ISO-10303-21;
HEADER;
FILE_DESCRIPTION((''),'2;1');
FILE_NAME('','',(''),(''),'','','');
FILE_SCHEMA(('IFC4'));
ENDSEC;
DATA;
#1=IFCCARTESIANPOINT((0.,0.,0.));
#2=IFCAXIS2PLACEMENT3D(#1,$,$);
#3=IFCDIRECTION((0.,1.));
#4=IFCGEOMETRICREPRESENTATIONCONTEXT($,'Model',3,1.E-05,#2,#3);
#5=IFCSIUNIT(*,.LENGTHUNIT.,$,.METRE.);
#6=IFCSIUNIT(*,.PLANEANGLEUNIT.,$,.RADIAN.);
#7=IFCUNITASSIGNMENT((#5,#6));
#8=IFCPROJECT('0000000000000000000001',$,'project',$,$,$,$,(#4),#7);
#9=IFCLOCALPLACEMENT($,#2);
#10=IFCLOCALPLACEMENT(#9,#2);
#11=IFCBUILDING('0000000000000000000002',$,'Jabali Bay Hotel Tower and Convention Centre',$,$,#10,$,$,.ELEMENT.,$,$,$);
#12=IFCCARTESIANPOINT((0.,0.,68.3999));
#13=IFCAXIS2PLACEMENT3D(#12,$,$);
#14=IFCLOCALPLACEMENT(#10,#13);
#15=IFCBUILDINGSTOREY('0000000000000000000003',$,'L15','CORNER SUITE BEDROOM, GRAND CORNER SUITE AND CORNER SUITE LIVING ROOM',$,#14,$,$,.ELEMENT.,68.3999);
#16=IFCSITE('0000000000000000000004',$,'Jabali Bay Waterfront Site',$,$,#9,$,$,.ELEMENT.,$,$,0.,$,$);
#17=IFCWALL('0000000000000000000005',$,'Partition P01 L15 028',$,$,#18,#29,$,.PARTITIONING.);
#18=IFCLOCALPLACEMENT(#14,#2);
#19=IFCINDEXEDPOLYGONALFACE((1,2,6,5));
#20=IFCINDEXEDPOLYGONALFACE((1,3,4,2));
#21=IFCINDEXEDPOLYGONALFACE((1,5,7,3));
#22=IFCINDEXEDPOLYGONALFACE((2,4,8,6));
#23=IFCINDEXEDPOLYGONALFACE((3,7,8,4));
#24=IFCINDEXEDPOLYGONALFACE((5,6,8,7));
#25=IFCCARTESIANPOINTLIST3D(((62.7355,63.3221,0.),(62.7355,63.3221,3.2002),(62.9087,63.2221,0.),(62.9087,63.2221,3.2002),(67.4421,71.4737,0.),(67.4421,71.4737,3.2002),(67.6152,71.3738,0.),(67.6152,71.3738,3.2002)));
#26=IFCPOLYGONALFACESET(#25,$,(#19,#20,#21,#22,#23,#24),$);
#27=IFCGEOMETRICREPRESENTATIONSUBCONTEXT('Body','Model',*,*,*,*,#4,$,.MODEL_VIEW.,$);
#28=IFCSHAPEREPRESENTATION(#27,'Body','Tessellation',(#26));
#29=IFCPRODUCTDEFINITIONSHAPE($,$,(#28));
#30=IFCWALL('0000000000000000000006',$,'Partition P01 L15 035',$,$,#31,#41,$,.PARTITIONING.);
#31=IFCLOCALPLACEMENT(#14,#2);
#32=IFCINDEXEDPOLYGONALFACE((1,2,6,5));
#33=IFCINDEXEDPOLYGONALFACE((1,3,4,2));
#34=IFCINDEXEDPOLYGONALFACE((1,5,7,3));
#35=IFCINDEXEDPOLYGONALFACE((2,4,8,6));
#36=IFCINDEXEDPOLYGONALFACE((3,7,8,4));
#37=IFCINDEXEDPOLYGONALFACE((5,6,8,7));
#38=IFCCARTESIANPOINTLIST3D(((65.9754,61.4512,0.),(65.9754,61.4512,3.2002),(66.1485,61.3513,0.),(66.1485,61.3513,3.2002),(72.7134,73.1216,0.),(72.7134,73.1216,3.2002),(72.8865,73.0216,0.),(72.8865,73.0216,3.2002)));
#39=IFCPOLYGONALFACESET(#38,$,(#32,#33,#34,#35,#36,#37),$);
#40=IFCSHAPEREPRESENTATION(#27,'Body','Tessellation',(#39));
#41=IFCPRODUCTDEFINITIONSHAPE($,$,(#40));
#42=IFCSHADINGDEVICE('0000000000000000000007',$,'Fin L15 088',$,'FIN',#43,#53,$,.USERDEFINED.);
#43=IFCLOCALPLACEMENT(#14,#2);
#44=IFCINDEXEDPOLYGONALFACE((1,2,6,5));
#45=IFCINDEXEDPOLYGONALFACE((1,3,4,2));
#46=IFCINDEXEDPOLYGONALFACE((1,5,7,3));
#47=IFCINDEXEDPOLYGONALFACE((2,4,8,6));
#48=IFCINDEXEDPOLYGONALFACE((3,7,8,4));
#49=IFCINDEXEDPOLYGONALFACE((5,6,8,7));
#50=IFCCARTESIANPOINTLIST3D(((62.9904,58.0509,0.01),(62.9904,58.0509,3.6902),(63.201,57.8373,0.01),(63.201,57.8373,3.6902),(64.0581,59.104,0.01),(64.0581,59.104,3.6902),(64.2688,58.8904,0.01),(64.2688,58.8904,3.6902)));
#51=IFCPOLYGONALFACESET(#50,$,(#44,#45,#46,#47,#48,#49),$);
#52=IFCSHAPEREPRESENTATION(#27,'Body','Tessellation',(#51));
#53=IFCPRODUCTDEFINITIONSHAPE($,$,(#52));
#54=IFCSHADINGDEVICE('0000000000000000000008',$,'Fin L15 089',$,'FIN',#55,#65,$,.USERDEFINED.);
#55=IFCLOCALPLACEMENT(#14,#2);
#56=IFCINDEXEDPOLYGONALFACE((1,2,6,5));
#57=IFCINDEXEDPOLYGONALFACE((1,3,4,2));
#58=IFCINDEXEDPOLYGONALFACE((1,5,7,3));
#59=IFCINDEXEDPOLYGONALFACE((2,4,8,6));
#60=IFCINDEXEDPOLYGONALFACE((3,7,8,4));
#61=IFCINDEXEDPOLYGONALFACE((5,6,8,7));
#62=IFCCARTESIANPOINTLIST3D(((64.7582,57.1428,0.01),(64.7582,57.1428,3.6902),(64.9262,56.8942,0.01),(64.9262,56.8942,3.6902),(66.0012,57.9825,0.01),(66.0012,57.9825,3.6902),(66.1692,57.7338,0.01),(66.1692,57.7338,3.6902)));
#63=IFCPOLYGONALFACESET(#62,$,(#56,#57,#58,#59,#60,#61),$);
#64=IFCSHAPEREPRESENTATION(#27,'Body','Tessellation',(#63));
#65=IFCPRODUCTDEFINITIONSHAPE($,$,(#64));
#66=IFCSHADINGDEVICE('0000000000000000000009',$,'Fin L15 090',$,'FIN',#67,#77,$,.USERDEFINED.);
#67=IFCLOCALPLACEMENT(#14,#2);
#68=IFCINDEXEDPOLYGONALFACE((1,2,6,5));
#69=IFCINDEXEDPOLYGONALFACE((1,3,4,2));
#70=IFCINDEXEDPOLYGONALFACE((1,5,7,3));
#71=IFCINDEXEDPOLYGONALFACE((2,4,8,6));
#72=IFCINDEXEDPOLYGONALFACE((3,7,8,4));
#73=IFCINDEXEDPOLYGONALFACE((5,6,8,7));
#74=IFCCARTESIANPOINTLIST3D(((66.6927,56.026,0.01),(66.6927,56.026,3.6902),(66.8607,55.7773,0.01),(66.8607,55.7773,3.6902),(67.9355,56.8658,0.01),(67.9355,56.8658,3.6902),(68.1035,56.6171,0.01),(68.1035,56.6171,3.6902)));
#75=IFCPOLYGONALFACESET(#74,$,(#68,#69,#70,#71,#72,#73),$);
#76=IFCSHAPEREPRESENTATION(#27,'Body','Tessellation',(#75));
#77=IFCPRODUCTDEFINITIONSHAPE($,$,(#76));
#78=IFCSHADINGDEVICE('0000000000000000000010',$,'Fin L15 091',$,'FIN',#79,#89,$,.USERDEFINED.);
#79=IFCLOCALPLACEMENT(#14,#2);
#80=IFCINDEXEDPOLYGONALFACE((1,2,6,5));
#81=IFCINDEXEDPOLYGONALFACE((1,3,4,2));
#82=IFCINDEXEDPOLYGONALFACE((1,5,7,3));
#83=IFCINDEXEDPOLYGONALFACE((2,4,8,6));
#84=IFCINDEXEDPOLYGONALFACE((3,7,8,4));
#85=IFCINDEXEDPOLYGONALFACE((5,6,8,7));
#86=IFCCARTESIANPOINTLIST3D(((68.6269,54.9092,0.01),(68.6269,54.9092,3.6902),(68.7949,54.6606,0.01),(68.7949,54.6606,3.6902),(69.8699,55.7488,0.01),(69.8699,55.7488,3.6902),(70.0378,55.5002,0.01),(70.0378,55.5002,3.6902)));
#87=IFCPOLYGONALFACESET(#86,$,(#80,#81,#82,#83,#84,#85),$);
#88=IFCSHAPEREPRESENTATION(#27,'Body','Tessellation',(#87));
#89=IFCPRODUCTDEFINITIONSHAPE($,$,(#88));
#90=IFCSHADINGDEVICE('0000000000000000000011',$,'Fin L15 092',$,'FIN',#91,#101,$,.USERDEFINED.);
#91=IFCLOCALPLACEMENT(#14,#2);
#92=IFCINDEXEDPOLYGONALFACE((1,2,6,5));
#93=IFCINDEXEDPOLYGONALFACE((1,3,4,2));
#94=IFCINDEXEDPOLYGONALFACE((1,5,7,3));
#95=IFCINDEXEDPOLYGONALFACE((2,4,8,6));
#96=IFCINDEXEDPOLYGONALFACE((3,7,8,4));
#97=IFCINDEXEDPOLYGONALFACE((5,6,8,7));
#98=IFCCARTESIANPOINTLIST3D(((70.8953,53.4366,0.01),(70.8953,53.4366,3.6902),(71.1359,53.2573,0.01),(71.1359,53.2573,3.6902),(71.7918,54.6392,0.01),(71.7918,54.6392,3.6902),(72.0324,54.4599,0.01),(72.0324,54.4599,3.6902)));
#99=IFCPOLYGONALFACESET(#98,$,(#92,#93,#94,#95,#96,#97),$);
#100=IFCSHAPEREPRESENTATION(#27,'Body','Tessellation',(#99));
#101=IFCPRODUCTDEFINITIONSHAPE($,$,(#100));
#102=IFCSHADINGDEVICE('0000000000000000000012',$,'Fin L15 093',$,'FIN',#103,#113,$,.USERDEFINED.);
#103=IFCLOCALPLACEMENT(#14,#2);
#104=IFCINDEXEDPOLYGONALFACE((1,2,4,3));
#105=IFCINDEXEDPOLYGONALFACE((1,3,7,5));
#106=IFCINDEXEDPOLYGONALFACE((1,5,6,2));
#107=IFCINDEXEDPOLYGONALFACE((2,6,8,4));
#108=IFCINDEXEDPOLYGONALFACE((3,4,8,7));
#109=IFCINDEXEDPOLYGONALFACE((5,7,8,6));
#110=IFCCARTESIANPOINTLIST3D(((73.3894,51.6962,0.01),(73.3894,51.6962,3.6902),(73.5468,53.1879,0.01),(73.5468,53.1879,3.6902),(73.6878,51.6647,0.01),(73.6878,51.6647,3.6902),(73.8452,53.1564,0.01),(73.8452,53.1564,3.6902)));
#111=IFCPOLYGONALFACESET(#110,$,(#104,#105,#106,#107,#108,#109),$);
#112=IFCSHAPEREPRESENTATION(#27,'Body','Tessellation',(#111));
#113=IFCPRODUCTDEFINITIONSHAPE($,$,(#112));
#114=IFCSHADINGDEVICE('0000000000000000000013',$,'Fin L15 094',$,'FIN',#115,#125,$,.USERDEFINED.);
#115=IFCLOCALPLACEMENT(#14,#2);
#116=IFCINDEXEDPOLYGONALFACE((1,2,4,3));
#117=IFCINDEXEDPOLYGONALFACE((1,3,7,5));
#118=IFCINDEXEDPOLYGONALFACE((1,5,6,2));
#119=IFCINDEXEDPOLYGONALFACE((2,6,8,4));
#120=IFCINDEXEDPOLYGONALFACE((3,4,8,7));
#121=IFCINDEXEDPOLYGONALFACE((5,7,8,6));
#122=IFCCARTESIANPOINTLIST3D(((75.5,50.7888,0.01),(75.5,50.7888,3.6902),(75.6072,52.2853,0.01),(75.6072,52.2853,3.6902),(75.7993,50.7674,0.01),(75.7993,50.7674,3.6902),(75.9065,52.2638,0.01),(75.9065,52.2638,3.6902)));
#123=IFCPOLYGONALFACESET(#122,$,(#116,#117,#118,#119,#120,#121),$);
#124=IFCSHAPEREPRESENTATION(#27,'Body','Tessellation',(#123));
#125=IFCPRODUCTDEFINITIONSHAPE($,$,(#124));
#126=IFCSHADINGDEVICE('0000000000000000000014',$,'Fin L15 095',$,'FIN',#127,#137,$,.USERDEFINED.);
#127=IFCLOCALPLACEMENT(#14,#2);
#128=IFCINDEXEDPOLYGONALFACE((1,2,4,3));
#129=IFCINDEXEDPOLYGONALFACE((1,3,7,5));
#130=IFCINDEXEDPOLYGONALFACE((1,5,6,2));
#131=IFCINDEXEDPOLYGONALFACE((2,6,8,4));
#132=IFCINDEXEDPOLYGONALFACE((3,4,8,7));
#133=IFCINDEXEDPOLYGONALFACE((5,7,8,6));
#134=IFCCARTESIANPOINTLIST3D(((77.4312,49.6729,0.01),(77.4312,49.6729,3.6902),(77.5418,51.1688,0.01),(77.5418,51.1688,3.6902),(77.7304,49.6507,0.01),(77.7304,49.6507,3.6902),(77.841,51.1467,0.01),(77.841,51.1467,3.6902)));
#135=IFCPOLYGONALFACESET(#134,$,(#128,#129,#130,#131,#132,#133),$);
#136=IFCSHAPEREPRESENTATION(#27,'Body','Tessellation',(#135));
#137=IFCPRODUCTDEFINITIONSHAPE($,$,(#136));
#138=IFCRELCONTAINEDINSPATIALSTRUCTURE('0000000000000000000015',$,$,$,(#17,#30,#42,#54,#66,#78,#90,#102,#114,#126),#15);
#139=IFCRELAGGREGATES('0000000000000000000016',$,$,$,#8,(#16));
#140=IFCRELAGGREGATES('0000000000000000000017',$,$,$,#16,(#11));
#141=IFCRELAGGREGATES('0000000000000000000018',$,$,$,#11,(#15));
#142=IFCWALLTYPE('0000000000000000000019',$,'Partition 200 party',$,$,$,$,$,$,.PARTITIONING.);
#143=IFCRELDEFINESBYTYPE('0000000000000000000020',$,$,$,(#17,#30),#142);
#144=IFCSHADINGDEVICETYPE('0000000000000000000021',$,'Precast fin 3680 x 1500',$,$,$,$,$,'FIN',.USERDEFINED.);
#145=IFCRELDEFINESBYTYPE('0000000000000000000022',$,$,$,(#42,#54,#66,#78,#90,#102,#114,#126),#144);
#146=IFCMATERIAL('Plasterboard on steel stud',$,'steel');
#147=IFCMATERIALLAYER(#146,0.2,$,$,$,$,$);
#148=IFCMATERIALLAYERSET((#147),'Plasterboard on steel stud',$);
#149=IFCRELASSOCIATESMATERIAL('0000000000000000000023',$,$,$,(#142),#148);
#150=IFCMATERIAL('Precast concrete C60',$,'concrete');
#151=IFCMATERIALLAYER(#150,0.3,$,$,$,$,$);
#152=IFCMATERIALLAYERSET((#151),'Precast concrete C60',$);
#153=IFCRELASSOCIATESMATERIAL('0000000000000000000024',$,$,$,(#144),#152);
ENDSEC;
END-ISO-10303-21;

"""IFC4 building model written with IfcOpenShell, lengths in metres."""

from ifc_helpers import new_model, si_unit, direction, frame, frame_2d, origin, place, context, subcontext, project, spatial, rectangle, extrude, material, layer, layer_set, type_object, element, save


model = new_model("IFC4")

# Units and contexts
model_context = context("Model", 3, precision=1e-05, world=origin(), true_north=direction((0.0, 1.0)))
body_context = subcontext(model_context, "Body", "Model", "MODEL_VIEW")
ifc_project = project(units=[si_unit("LENGTHUNIT", "METRE"), si_unit("PLANEANGLEUNIT", "RADIAN")], contexts=[model_context])

# Site, building, storey
site_placement = place(None, origin())
site = spatial("IfcSite", under=ifc_project, at=site_placement, Name="Jabali Bay Waterfront Site", CompositionType="ELEMENT", RefElevation=0.0)
building_placement = place(site_placement, origin())
building = spatial("IfcBuilding", under=site, at=building_placement, Name="Jabali Bay Hotel Tower and Convention Centre", CompositionType="ELEMENT")
storey_placement = place(building_placement, frame((0.0, 0.0, 68.3999)))
storey = spatial("IfcBuildingStorey", under=building, at=storey_placement, Name="L15", Description="CORNER SUITE BEDROOM, GRAND CORNER SUITE AND CORNER SUITE LIVING ROOM", CompositionType="ELEMENT", Elevation=68.3999)

# Shared definitions
ifc_material_1 = material(Name="Plasterboard on steel stud", Category="steel")

# Walls
ifc_layer_1 = layer(ifc_material_1, 0.2)
ifc_layer_set_1 = layer_set([ifc_layer_1], Name="Plasterboard on steel stud")
wall_type_1 = type_object("IfcWallType", Name="Partition 200 party", PredefinedType="PARTITIONING", material=ifc_layer_set_1)
wall_1_placement = place(storey_placement, frame((62.822, 63.272, 0.0), z_axis=(0.0, 0.0, 1.0), x_axis=(0.500017, 0.866016, 0.0)))
element("IfcWall", 1, at=wall_1_placement, inside=storey, type_object=wall_type_1, Name="Partition P01 L15 028", PredefinedType="PARTITIONING", context=body_context, shape_type="SweptSolid", body=[
    extrude(rectangle(XDim=9.4128, YDim=0.2, at=frame_2d((4.7065, 0.0))), origin(), (0.0, 0.0, 1.0), 3.2002),
])
wall_2_placement = place(storey_placement, frame((66.062, 61.4014, 0.0), z_axis=(0.0, 0.0, 1.0), x_axis=(0.500007, 0.866021, 0.0)))
element("IfcWall", 2, at=wall_2_placement, inside=storey, type_object=wall_type_1, Name="Partition P01 L15 035", PredefinedType="PARTITIONING", context=body_context, shape_type="SweptSolid", body=[
    extrude(rectangle(XDim=13.4758, YDim=0.2, at=frame_2d((6.7378, 0.0))), origin(), (0.0, 0.0, 1.0), 3.2002),
])

# Shading devices
ifc_material_2 = material(Name="Precast concrete C60", Category="concrete")
ifc_layer_2 = layer(ifc_material_2, 0.3)
ifc_layer_set_2 = layer_set([ifc_layer_2], Name="Precast concrete C60")
shading_device_type = type_object("IfcShadingDeviceType", Name="Precast fin 3680 x 1500", ElementType="FIN", PredefinedType="USERDEFINED", material=ifc_layer_set_2)
shading_device_1_placement = place(storey_placement, frame((64.1636, 58.9973, 0.01), z_axis=(0.0, 0.0, 1.0), x_axis=(-0.711973, -0.702207, 0.0)))
element("IfcShadingDevice", 3, at=shading_device_1_placement, inside=storey, type_object=shading_device_type, Name="Fin L15 088", ObjectType="FIN", PredefinedType="USERDEFINED", context=body_context, shape_type="SweptSolid", body=[
    extrude(rectangle(XDim=1.4998, YDim=0.3, at=frame_2d((0.75, 0.0))), origin(), (0.0, 0.0, 1.0), 3.6802),
])
for number, where, z_axis, x_axis, name in (
    (4, (66.0852, 57.8582, 0.01), (0.0, 0.0, 1.0), (-0.828654, -0.559761, 0.0), "Fin L15 089"),
    (5, (68.0195, 56.7415, 0.01), (0.0, 0.0, 1.0), (-0.828579, -0.559873, 0.0), "Fin L15 090"),
    (6, (69.9539, 55.6245, 0.01), (0.0, 0.0, 1.0), (-0.828654, -0.559761, 0.0), "Fin L15 091"),
    (7, (71.9121, 54.5496, 0.01), (0.0, 0.0, 1.0), (-0.597654, -0.801754, 0.0), "Fin L15 092"),
    (8, (73.696, 53.1721, 0.01), (0.0, 0.0, 1.0), (-0.104981, -0.994474, 0.0), "Fin L15 093"),
):
    element("IfcShadingDevice", number, at=place(storey_placement, frame(where, z_axis=z_axis, x_axis=x_axis)), inside=storey, type_object=shading_device_type, Name=name, ObjectType="FIN", PredefinedType="USERDEFINED", context=body_context, shape_type="SweptSolid", body=[
        extrude(rectangle(XDim=1.5, YDim=0.3, at=frame_2d((0.75, 0.0))), origin(), (0.0, 0.0, 1.0), 3.6802),
    ])
shading_device_2_placement = place(storey_placement, frame((75.7568, 52.2744, 0.01), z_axis=(0.0, 0.0, 1.0), x_axis=(-0.071444, -0.997445, 0.0)))
element("IfcShadingDevice", 9, at=shading_device_2_placement, inside=storey, type_object=shading_device_type, Name="Fin L15 094", ObjectType="FIN", PredefinedType="USERDEFINED", context=body_context, shape_type="SweptSolid", body=[
    extrude(rectangle(XDim=1.5002, YDim=0.3, at=frame_2d((0.75, 0.0))), origin(), (0.0, 0.0, 1.0), 3.6802),
])
shading_device_3_placement = place(storey_placement, frame((77.6914, 51.1577, 0.01), z_axis=(0.0, 0.0, 1.0), x_axis=(-0.073734, -0.997278, 0.0)))
element("IfcShadingDevice", 10, at=shading_device_3_placement, inside=storey, type_object=shading_device_type, Name="Fin L15 095", ObjectType="FIN", PredefinedType="USERDEFINED", context=body_context, shape_type="SweptSolid", body=[
    extrude(rectangle(XDim=1.5, YDim=0.3, at=frame_2d((0.75, 0.0))), origin(), (0.0, 0.0, 1.0), 3.6802),
])

save(model, "model.ifc")
